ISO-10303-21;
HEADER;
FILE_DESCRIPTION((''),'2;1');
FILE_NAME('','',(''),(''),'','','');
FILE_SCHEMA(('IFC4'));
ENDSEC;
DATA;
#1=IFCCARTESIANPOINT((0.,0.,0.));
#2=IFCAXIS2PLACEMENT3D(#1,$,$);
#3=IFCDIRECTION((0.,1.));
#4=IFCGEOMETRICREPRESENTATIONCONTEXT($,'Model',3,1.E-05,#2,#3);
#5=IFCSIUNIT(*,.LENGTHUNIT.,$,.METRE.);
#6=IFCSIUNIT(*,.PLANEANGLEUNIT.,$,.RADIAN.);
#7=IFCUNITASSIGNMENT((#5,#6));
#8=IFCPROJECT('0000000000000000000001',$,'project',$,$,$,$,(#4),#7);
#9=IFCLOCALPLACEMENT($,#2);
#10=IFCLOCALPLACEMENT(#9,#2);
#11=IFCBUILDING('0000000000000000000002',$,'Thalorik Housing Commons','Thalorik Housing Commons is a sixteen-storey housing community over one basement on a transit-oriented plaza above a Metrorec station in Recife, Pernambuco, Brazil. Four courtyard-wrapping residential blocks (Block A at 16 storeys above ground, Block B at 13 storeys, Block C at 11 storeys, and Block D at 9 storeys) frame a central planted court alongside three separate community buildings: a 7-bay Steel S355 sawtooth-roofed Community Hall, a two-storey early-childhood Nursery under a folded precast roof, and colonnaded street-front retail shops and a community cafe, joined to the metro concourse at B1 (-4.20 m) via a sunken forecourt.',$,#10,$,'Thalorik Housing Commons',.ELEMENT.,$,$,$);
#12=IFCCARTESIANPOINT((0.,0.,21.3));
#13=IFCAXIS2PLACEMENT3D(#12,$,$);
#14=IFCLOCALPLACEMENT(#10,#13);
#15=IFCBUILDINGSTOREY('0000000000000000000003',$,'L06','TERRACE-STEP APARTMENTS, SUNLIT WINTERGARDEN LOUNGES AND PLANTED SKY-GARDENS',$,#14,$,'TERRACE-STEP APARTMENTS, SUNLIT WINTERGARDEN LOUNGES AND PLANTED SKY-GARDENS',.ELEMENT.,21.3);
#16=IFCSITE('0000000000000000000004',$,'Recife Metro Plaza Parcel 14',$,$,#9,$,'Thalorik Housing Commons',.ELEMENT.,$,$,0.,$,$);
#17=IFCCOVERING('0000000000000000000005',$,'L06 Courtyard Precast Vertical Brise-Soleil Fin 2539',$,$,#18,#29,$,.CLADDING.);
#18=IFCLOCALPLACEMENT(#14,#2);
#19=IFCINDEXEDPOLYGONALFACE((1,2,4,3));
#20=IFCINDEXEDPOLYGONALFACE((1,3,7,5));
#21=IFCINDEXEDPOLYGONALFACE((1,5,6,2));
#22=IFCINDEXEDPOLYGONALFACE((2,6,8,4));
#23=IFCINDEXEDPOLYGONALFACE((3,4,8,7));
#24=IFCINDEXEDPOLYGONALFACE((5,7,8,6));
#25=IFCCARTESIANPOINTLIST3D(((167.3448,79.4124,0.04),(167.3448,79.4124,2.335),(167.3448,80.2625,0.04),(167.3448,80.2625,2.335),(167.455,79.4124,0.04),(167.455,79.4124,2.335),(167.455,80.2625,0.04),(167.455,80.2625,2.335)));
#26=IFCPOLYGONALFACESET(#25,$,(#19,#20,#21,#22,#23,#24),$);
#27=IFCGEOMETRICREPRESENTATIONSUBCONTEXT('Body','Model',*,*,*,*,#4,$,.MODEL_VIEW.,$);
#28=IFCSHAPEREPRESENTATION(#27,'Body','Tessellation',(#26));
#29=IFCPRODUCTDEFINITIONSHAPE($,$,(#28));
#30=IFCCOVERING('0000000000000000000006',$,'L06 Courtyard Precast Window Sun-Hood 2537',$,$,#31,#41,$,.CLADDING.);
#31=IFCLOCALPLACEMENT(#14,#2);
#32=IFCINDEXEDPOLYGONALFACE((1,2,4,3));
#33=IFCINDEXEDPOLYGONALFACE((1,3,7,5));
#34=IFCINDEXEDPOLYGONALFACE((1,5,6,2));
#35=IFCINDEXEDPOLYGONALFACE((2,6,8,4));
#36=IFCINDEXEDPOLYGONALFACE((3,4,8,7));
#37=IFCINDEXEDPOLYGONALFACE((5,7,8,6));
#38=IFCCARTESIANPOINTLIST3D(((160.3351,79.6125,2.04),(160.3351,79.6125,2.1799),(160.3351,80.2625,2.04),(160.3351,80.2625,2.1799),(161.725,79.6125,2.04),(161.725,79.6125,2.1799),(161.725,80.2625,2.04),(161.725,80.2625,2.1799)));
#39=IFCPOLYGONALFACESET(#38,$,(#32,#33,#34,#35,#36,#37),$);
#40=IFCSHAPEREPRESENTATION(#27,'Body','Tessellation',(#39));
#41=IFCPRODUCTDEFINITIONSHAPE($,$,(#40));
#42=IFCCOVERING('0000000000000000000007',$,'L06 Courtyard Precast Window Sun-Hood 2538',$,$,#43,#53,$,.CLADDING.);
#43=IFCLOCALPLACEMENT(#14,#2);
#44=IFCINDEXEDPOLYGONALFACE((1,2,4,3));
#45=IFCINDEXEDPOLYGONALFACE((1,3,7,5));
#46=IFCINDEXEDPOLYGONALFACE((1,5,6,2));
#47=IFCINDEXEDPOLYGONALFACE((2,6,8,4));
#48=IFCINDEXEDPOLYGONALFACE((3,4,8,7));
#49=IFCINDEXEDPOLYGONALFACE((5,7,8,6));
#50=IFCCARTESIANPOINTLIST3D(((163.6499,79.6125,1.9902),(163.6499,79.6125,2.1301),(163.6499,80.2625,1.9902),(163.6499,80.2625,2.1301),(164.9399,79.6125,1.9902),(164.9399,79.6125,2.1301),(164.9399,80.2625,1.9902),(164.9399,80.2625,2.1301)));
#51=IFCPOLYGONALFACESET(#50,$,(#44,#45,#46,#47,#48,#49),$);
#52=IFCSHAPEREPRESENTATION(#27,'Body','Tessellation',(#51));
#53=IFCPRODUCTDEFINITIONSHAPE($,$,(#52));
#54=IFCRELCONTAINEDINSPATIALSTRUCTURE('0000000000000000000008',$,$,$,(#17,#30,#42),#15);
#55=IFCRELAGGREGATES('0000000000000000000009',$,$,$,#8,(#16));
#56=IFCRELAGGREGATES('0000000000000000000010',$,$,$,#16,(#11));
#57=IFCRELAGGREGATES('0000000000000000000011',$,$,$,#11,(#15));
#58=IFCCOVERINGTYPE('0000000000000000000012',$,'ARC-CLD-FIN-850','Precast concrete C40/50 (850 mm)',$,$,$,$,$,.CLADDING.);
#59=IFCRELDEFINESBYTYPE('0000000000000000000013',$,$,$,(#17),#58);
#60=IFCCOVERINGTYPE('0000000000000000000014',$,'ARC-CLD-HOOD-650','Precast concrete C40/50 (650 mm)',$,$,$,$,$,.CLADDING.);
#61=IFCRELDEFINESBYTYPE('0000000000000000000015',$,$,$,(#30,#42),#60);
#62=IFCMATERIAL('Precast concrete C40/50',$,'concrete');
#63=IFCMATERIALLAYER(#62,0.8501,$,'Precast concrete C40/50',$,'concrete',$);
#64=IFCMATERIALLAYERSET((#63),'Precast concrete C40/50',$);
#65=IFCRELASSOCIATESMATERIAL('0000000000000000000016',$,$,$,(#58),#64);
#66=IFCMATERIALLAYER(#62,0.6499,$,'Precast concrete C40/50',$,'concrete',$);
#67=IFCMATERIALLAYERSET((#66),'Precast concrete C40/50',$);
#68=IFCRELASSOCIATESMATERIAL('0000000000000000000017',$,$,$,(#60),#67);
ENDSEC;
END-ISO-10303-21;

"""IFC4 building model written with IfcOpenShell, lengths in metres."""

from ifc_helpers import new_model, si_unit, direction, frame, origin, origin_2d, place, context, subcontext, project, spatial, rectangle, extrude, material, layer, layer_set, type_object, element, save


model = new_model("IFC4")

# Units and contexts
model_context = context("Model", 3, precision=1e-05, world=origin(), true_north=direction((0.0, 1.0)))
body_context = subcontext(model_context, "Body", "Model", "MODEL_VIEW")
ifc_project = project(units=[si_unit("LENGTHUNIT", "METRE"), si_unit("PLANEANGLEUNIT", "RADIAN")], contexts=[model_context])

# Site, building, storey
site_placement = place(None, origin())
site = spatial("IfcSite", under=ifc_project, at=site_placement, Name="Recife Metro Plaza Parcel 14", LongName="Thalorik Housing Commons", CompositionType="ELEMENT", RefElevation=0.0)
building_placement = place(site_placement, origin())
building = spatial("IfcBuilding", under=site, at=building_placement, Name="Thalorik Housing Commons", Description="Thalorik Housing Commons is a sixteen-storey housing community over one basement on a transit-oriented plaza above a Metrorec station in Recife, Pernambuco, Brazil. Four courtyard-wrapping residential blocks (Block A at 16 storeys above ground, Block B at 13 storeys, Block C at 11 storeys, and Block D at 9 storeys) frame a central planted court alongside three separate community buildings: a 7-bay Steel S355 sawtooth-roofed Community Hall, a two-storey early-childhood Nursery under a folded precast roof, and colonnaded street-front retail shops and a community cafe, joined to the metro concourse at B1 (-4.20 m) via a sunken forecourt.", LongName="Thalorik Housing Commons", CompositionType="ELEMENT")
storey_placement = place(building_placement, frame((0.0, 0.0, 21.3)))
storey = spatial("IfcBuildingStorey", under=building, at=storey_placement, Name="L06", Description="TERRACE-STEP APARTMENTS, SUNLIT WINTERGARDEN LOUNGES AND PLANTED SKY-GARDENS", LongName="TERRACE-STEP APARTMENTS, SUNLIT WINTERGARDEN LOUNGES AND PLANTED SKY-GARDENS", CompositionType="ELEMENT", Elevation=21.3)

# Shared definitions
ifc_material_1 = material(Name="Precast concrete C40/50", Category="concrete")

# Coverings
ifc_layer_1 = layer(ifc_material_1, 0.8501, Name="Precast concrete C40/50", Category="concrete")
ifc_layer_set_1 = layer_set([ifc_layer_1], Name="Precast concrete C40/50")
covering_type_1 = type_object("IfcCoveringType", Name="ARC-CLD-FIN-850", Description="Precast concrete C40/50 (850 mm)", PredefinedType="CLADDING", material=ifc_layer_set_1)
for number, where, z_axis, x_axis, name in (
    (1, (167.3999, 79.8374, 0.04), (0.0, 0.0, 1.0), (1.0, 0.0, 0.0), "L06 Courtyard Precast Vertical Brise-Soleil Fin 2539"),
):
    element("IfcCovering", number, at=place(storey_placement, frame(where, z_axis=z_axis, x_axis=x_axis)), inside=storey, type_object=covering_type_1, Name=name, PredefinedType="CLADDING", context=body_context, shape_type="SweptSolid", body=[
        extrude(rectangle(XDim=0.1101, YDim=0.8501, at=origin_2d()), origin(), (0.0, 0.0, 1.0), 2.2949),
    ])
ifc_layer_2 = layer(ifc_material_1, 0.6499, Name="Precast concrete C40/50", Category="concrete")
ifc_layer_set_2 = layer_set([ifc_layer_2], Name="Precast concrete C40/50")
covering_type_2 = type_object("IfcCoveringType", Name="ARC-CLD-HOOD-650", Description="Precast concrete C40/50 (650 mm)", PredefinedType="CLADDING", material=ifc_layer_set_2)
covering_1_placement = place(storey_placement, frame((161.03, 79.9375, 2.04), z_axis=(0.0, 0.0, 1.0), x_axis=(1.0, 0.0, 0.0)))
element("IfcCovering", 2, at=covering_1_placement, inside=storey, type_object=covering_type_2, Name="L06 Courtyard Precast Window Sun-Hood 2537", PredefinedType="CLADDING", context=body_context, shape_type="SweptSolid", body=[
    extrude(rectangle(XDim=1.3899, YDim=0.6499, at=origin_2d()), origin(), (0.0, 0.0, 1.0), 0.1399),
])
covering_2_placement = place(storey_placement, frame((164.2949, 79.9375, 1.9902), z_axis=(0.0, 0.0, 1.0), x_axis=(1.0, 0.0, 0.0)))
element("IfcCovering", 3, at=covering_2_placement, inside=storey, type_object=covering_type_2, Name="L06 Courtyard Precast Window Sun-Hood 2538", PredefinedType="CLADDING", context=body_context, shape_type="SweptSolid", body=[
    extrude(rectangle(XDim=1.29, YDim=0.6499, at=origin_2d()), origin(), (0.0, 0.0, 1.0), 0.1399),
])

save(model, "model.ifc")
